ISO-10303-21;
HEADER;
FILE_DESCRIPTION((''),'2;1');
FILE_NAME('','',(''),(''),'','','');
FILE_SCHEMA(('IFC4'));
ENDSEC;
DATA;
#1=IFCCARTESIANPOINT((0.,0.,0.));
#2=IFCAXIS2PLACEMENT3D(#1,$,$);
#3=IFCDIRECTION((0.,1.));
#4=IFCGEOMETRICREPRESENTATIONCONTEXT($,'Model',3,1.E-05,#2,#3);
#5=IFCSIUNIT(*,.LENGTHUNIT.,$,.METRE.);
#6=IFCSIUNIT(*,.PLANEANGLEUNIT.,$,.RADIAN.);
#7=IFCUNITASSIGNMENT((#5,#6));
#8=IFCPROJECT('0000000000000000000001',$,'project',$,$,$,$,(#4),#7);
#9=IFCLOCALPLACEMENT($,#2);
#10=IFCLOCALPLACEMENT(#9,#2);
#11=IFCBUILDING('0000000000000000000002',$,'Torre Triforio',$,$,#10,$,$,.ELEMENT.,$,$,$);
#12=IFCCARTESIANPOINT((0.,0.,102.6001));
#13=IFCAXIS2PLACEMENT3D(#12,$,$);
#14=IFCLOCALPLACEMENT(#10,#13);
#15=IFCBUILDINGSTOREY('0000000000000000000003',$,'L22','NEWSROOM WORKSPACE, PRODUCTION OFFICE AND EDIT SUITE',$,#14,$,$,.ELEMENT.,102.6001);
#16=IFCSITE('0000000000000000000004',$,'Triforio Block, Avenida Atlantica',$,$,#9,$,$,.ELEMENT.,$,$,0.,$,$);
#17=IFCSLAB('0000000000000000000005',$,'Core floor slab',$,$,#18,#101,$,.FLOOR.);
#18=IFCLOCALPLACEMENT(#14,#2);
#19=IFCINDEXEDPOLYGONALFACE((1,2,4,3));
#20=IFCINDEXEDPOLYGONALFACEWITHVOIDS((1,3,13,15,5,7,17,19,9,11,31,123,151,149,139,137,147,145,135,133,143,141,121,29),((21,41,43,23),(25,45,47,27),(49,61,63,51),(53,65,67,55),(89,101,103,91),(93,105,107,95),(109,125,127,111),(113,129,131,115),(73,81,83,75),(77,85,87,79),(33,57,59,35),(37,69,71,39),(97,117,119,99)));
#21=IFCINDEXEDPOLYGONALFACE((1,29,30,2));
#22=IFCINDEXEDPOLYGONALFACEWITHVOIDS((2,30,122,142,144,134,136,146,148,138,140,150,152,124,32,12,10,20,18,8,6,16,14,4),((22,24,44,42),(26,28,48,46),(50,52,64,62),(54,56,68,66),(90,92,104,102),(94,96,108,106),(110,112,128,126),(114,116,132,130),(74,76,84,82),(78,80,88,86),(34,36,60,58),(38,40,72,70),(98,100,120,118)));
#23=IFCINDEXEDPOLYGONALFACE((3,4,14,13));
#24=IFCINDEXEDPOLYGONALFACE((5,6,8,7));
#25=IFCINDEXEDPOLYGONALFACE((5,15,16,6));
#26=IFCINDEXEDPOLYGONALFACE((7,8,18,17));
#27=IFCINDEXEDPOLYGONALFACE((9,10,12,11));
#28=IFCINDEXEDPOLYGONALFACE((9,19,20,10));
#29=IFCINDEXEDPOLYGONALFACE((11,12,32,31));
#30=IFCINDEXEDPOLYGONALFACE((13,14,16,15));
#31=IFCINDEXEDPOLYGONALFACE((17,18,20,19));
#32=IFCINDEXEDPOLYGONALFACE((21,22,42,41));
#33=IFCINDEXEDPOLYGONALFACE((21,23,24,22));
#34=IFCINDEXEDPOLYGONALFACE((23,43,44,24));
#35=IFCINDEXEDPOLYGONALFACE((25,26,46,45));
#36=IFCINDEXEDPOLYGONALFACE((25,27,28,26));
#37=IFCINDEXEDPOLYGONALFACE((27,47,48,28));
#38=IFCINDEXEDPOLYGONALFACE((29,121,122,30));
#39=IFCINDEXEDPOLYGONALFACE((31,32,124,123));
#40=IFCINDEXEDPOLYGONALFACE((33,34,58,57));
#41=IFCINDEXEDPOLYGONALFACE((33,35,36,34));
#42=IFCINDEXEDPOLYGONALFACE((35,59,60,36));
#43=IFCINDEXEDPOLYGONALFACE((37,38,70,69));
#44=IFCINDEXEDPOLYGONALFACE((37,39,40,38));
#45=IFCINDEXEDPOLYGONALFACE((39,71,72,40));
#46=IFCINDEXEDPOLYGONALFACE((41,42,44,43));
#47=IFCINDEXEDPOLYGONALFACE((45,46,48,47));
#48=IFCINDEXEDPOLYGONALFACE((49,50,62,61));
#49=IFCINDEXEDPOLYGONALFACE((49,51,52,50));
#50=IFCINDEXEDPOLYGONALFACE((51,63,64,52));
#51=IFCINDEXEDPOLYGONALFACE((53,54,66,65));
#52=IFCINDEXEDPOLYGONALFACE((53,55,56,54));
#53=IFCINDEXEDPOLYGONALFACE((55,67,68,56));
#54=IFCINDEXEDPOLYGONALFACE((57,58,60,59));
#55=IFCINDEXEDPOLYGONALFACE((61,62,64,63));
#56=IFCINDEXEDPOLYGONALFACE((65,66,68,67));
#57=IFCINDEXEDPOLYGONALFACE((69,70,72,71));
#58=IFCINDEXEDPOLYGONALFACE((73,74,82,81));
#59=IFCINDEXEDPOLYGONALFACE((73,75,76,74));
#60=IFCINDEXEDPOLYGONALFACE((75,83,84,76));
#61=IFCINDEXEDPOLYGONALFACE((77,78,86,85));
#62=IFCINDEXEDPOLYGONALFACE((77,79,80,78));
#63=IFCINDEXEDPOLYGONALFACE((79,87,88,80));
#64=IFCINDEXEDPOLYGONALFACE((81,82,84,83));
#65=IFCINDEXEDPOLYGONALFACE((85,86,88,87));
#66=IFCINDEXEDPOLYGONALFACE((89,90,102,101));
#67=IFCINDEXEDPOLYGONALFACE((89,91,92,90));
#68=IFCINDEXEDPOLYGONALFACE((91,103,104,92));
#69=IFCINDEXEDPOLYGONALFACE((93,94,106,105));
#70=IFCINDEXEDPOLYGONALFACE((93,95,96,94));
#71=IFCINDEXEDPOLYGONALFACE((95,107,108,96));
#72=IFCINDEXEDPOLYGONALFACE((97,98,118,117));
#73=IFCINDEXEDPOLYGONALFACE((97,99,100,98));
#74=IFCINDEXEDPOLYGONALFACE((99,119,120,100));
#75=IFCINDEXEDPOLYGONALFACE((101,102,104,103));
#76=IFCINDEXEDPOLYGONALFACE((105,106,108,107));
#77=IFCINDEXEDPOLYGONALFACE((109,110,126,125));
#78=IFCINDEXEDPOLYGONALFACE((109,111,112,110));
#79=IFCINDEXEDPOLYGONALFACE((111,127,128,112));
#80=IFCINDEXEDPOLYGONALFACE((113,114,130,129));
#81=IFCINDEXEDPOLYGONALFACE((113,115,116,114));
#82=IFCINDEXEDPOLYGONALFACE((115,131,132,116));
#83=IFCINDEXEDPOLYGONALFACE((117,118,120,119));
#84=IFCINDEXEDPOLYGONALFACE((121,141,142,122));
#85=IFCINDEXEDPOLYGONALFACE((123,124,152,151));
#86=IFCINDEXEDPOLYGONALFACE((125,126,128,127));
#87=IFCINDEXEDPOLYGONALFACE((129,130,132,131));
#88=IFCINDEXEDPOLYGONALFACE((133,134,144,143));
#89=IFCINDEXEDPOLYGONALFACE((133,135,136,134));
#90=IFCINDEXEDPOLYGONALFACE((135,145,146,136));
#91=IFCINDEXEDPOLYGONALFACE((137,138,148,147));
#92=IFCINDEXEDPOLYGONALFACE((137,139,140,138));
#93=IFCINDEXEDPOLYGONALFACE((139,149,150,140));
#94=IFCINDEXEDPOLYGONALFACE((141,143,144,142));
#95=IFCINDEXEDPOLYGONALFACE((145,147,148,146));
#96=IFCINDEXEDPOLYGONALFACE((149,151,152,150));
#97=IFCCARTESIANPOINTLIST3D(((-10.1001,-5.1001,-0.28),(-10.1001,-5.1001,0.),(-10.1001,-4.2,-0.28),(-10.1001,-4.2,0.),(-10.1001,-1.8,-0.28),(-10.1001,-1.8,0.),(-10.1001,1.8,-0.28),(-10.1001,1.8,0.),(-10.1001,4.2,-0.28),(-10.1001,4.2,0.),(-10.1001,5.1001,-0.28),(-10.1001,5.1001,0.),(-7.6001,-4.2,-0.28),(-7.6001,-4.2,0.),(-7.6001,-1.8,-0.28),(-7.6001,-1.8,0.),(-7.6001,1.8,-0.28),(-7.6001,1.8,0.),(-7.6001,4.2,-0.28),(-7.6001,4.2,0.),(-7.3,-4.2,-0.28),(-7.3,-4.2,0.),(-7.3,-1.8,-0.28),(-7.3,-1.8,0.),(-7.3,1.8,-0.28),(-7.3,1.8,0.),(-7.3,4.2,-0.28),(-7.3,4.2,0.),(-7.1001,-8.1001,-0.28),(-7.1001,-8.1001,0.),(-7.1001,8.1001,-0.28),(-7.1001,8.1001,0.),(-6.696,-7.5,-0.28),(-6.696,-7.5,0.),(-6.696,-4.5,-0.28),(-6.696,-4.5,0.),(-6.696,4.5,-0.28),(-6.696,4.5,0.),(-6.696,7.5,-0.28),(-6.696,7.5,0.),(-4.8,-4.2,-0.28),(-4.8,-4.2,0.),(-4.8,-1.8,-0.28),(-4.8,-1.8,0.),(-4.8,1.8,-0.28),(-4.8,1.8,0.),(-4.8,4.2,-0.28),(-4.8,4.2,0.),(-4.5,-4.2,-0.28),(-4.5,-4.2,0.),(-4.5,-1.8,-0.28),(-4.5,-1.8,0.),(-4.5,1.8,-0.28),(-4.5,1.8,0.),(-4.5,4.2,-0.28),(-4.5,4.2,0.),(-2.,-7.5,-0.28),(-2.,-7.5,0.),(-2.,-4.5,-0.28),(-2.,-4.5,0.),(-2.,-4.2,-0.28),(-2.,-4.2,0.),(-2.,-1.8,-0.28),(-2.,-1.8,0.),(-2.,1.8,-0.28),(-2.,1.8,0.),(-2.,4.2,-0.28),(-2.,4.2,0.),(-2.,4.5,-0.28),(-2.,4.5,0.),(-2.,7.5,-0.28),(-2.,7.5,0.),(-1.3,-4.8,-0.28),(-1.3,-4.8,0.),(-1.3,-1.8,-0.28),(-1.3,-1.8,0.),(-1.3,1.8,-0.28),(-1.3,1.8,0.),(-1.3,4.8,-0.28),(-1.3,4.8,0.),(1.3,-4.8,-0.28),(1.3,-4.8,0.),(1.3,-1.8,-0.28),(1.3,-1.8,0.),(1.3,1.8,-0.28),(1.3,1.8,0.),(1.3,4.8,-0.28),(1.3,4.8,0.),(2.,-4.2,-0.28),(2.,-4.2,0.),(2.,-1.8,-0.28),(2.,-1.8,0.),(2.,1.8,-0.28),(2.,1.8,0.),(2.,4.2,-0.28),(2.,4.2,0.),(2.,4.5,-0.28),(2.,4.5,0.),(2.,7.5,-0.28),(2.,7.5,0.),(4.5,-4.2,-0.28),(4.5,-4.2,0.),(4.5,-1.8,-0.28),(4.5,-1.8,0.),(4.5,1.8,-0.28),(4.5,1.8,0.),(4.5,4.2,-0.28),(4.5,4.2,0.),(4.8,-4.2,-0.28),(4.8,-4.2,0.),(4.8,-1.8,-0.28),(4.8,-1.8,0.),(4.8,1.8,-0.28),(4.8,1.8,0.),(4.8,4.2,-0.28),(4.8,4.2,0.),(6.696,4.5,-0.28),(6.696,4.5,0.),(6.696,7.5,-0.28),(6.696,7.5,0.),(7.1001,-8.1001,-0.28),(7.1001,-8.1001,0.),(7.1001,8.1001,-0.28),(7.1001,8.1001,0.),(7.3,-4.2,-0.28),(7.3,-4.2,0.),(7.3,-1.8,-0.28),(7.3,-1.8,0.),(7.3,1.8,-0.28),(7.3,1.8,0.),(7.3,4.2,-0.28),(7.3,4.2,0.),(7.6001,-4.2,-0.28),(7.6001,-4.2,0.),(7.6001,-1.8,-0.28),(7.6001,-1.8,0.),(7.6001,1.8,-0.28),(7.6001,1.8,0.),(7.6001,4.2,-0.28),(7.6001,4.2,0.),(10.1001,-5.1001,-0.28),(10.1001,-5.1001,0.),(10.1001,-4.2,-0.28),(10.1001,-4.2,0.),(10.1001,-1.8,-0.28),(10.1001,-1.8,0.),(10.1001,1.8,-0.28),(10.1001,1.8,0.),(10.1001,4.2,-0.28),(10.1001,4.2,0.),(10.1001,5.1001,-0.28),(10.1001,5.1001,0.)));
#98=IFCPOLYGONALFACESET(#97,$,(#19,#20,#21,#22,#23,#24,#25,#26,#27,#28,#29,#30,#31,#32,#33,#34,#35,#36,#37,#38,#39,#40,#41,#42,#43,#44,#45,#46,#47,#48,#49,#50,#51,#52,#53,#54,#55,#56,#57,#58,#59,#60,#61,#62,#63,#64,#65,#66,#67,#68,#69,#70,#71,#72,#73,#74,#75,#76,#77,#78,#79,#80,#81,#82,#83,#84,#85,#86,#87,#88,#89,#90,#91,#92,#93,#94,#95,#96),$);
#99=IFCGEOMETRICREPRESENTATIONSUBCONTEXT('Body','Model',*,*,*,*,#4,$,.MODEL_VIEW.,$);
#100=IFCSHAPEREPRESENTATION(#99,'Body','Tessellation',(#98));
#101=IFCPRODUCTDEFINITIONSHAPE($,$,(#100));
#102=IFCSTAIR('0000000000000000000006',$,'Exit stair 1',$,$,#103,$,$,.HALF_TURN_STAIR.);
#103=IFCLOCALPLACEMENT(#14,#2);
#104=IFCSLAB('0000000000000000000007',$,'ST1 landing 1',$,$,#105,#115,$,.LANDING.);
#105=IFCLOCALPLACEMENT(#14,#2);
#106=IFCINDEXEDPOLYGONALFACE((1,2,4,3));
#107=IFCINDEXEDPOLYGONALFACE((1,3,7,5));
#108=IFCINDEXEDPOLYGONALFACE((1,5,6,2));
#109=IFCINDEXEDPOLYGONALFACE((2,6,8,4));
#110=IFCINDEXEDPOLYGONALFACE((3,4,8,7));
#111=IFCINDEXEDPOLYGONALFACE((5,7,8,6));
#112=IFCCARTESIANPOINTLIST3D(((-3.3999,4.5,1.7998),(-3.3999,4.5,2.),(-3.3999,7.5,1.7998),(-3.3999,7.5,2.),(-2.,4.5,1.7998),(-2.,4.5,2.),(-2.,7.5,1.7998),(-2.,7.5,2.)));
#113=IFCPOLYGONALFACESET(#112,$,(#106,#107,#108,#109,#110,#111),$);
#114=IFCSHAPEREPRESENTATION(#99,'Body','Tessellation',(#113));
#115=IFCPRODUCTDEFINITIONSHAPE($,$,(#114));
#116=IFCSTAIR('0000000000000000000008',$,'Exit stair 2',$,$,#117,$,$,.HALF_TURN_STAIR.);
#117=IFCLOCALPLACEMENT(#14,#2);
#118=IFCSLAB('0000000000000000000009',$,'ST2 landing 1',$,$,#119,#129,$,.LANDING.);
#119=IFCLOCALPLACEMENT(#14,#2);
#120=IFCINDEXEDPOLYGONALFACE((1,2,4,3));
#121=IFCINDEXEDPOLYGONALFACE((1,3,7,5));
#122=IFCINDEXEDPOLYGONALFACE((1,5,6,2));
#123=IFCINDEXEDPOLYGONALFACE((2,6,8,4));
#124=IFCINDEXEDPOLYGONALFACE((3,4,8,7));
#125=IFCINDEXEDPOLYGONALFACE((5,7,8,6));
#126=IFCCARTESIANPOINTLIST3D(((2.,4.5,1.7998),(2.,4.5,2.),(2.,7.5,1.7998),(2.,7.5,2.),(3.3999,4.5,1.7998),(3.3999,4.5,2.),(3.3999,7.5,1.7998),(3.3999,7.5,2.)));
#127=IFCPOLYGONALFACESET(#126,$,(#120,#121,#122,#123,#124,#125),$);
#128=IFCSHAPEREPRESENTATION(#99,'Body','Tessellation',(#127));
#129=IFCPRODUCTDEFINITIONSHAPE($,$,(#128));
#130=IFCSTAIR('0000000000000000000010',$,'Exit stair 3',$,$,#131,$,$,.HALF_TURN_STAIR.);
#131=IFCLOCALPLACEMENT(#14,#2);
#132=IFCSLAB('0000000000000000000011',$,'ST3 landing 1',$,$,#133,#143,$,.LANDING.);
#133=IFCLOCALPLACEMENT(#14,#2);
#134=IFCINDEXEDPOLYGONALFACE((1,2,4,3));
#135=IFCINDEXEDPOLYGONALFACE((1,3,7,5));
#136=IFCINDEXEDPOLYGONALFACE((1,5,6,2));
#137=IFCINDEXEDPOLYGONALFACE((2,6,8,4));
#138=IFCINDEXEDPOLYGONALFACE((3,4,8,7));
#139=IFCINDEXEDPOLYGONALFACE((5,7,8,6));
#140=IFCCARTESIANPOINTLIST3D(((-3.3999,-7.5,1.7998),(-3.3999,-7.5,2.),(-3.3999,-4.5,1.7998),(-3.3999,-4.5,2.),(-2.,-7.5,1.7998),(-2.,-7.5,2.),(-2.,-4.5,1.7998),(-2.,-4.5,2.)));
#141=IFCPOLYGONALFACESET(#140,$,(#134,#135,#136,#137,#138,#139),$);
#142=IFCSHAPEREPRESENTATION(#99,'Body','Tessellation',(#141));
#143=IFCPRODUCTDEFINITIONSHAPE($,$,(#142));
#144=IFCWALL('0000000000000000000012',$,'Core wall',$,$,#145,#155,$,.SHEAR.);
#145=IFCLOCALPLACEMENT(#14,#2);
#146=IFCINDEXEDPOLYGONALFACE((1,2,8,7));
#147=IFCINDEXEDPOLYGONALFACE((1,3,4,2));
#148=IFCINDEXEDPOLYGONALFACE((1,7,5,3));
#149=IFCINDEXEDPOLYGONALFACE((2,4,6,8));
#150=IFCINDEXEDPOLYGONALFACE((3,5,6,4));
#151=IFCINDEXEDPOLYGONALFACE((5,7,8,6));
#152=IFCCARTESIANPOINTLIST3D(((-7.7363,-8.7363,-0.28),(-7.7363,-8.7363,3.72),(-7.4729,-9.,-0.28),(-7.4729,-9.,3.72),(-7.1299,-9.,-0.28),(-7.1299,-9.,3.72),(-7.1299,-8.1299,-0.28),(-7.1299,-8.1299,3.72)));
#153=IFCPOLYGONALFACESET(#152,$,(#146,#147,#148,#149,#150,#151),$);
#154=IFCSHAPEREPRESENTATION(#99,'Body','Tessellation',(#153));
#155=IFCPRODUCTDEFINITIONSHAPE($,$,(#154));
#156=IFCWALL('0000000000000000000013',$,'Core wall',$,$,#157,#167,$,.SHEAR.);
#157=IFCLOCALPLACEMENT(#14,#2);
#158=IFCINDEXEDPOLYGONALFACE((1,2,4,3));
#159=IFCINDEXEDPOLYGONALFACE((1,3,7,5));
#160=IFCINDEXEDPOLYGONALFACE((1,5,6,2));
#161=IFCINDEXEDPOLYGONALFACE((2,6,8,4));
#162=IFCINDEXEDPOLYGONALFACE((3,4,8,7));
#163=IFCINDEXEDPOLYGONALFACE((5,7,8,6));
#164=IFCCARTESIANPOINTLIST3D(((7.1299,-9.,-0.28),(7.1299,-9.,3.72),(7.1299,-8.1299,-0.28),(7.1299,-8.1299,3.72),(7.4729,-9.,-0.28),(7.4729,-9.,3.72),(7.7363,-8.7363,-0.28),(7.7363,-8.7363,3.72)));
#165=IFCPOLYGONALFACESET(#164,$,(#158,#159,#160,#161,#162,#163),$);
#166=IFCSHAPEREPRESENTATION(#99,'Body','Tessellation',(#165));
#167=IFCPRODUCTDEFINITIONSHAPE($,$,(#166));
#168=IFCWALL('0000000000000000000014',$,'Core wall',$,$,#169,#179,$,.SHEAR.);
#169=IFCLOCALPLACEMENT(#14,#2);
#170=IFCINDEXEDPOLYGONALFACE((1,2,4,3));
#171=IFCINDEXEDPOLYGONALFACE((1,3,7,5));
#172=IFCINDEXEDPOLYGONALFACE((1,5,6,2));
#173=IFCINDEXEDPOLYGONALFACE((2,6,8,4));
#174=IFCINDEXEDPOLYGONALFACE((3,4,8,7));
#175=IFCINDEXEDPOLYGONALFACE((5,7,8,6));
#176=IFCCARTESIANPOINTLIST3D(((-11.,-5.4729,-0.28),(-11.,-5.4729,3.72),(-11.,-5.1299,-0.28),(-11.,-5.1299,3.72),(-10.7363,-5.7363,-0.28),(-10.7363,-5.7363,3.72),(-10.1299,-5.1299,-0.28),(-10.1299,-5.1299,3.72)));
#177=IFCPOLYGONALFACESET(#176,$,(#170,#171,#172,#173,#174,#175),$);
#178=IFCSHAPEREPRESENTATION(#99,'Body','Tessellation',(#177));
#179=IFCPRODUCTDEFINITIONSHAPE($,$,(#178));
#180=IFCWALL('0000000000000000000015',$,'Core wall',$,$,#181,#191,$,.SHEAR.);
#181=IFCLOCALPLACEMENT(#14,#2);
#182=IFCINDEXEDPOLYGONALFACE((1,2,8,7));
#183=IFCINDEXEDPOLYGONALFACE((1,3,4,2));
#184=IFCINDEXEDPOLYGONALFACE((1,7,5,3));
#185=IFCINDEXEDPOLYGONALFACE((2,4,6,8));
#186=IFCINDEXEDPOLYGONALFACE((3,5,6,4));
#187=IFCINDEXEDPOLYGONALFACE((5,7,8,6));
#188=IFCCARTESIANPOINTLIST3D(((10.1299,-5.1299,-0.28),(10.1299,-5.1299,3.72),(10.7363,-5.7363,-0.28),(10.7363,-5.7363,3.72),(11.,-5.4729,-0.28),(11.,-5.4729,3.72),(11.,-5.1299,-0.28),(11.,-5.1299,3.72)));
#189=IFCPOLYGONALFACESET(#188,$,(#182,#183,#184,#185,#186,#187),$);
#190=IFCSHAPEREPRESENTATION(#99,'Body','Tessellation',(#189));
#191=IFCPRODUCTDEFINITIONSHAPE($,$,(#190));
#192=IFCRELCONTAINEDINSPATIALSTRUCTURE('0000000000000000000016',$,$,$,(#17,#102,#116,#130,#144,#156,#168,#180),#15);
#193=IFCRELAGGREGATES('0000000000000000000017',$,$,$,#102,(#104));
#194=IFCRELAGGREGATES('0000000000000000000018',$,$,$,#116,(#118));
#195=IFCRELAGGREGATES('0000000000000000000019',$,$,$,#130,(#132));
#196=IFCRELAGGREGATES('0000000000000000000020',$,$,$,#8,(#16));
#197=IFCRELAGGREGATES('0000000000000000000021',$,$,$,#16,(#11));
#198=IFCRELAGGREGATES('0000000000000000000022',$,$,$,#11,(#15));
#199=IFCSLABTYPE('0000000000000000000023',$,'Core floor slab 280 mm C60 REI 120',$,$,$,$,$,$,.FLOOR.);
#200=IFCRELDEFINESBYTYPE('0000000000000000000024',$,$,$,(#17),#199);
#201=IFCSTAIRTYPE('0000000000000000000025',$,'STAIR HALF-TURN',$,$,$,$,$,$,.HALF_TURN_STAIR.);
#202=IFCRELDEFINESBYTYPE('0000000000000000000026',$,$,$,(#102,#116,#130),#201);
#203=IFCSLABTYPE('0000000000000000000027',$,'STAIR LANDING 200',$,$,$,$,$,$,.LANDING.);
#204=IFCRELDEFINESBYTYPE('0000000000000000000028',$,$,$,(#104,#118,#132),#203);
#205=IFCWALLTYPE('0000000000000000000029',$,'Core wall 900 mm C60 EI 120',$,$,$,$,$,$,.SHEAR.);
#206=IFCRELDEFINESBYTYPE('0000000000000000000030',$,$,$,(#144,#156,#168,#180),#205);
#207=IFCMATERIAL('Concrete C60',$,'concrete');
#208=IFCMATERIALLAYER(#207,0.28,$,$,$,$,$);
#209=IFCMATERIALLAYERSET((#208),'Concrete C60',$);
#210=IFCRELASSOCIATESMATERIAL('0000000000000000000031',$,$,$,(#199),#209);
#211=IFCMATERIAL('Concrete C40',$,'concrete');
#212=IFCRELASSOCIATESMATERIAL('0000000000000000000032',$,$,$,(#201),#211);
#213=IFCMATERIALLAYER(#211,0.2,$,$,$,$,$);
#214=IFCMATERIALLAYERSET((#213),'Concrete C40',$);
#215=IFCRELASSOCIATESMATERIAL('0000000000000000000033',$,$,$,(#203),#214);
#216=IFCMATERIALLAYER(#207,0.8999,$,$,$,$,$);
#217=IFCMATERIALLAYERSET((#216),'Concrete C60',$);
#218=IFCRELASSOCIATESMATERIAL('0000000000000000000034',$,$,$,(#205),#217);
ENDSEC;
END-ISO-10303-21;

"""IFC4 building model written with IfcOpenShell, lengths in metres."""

from ifc_helpers import new_model, si_unit, direction, frame, origin, place, context, subcontext, project, spatial, polyline, outline, extrude, material, layer, layer_set, type_object, element, aggregate, save


model = new_model("IFC4")

# Units and contexts
model_context = context("Model", 3, precision=1e-05, world=origin(), true_north=direction((0.0, 1.0)))
body_context = subcontext(model_context, "Body", "Model", "MODEL_VIEW")
ifc_project = project(units=[si_unit("LENGTHUNIT", "METRE"), si_unit("PLANEANGLEUNIT", "RADIAN")], contexts=[model_context])

# Site, building, storey
site_placement = place(None, origin())
site = spatial("IfcSite", under=ifc_project, at=site_placement, Name="Triforio Block, Avenida Atlantica", CompositionType="ELEMENT", RefElevation=0.0)
building_placement = place(site_placement, origin())
building = spatial("IfcBuilding", under=site, at=building_placement, Name="Torre Triforio", CompositionType="ELEMENT")
storey_placement = place(building_placement, frame((0.0, 0.0, 102.6001)))
storey = spatial("IfcBuildingStorey", under=building, at=storey_placement, Name="L22", Description="NEWSROOM WORKSPACE, PRODUCTION OFFICE AND EDIT SUITE", CompositionType="ELEMENT", Elevation=102.6001)

# Slab
ifc_material_1 = material(Name="Concrete C60", Category="concrete")
ifc_layer_1 = layer(ifc_material_1, 0.28)
ifc_layer_set_1 = layer_set([ifc_layer_1], Name="Concrete C60")
slab_type_1 = type_object("IfcSlabType", Name="Core floor slab 280 mm C60 REI 120", PredefinedType="FLOOR", material=ifc_layer_set_1)
slab_1_placement = place(storey_placement, frame((0.0, 0.0, -0.28)))
element("IfcSlab", 1, at=slab_1_placement, inside=storey, type_object=slab_type_1, Name="Core floor slab", PredefinedType="FLOOR", context=body_context, shape_type="SweptSolid", body=[
    extrude(outline(polyline([(10.1001, -5.1001), (7.1001, -8.1001), (-7.1001, -8.1001), (-10.1001, -5.1001), (-10.1001, -4.2), (-7.6001, -4.2), (-7.6001, -1.8), (-10.1001, -1.8), (-10.1001, 1.8), (-7.6001, 1.8), (-7.6001, 4.2), (-10.1001, 4.2), (-10.1001, 5.1001), (-7.1001, 8.1001), (7.1001, 8.1001), (10.1001, 5.1001), (10.1001, 4.2), (7.6001, 4.2), (7.6001, 1.8), (10.1001, 1.8), (10.1001, -1.8), (7.6001, -1.8), (7.6001, -4.2), (10.1001, -4.2), (10.1001, -5.1001)]), holes=[polyline([(-2.0, -4.5), (-6.696, -4.5), (-6.696, -7.5), (-2.0, -7.5), (-2.0, -4.5)]), polyline([(-4.8, -1.8), (-7.3, -1.8), (-7.3, -4.2), (-4.8, -4.2), (-4.8, -1.8)]), polyline([(-2.0, -1.8), (-4.5, -1.8), (-4.5, -4.2), (-2.0, -4.2), (-2.0, -1.8)]), polyline([(-4.8, 4.2), (-7.3, 4.2), (-7.3, 1.8), (-4.8, 1.8), (-4.8, 4.2)]), polyline([(-2.0, 4.2), (-4.5, 4.2), (-4.5, 1.8), (-2.0, 1.8), (-2.0, 4.2)]), polyline([(1.3, 4.8), (-1.3, 4.8), (-1.3, 1.8), (1.3, 1.8), (1.3, 4.8)]), polyline([(-2.0, 7.5), (-6.696, 7.5), (-6.696, 4.5), (-2.0, 4.5), (-2.0, 7.5)]), polyline([(1.3, -1.8), (-1.3, -1.8), (-1.3, -4.8), (1.3, -4.8), (1.3, -1.8)]), polyline([(4.5, -1.8), (2.0, -1.8), (2.0, -4.2), (4.5, -4.2), (4.5, -1.8)]), polyline([(7.3, -1.8), (4.8, -1.8), (4.8, -4.2), (7.3, -4.2), (7.3, -1.8)]), polyline([(4.5, 4.2), (2.0, 4.2), (2.0, 1.8), (4.5, 1.8), (4.5, 4.2)]), polyline([(7.3, 4.2), (4.8, 4.2), (4.8, 1.8), (7.3, 1.8), (7.3, 4.2)]), polyline([(6.696, 4.5), (6.696, 7.5), (2.0, 7.5), (2.0, 4.5), (6.696, 4.5)])]), origin(), (0.0, 0.0, 1.0), 0.28),
])

# Stairs, slabs
ifc_material_2 = material(Name="Concrete C40", Category="concrete")
stair_type = type_object("IfcStairType", Name="STAIR HALF-TURN", PredefinedType="HALF_TURN_STAIR", material=ifc_material_2)
stair_1_placement = place(storey_placement, origin())
stair_1 = element("IfcStair", 2, at=stair_1_placement, inside=storey, type_object=stair_type, Name="Exit stair 1", PredefinedType="HALF_TURN_STAIR")
ifc_layer_2 = layer(ifc_material_2, 0.2)
ifc_layer_set_2 = layer_set([ifc_layer_2], Name="Concrete C40")
slab_type_2 = type_object("IfcSlabType", Name="STAIR LANDING 200", PredefinedType="LANDING", material=ifc_layer_set_2)
slab_2_placement = place(storey_placement, frame((0.0, 0.0, 1.7998)))
slab_2 = element("IfcSlab", 3, at=slab_2_placement, type_object=slab_type_2, Name="ST1 landing 1", PredefinedType="LANDING", context=body_context, shape_type="SweptSolid", body=[
    extrude(outline(polyline([(-2.0, 4.5), (-2.0, 7.5), (-3.3999, 7.5), (-3.3999, 4.5), (-2.0, 4.5)])), origin(), (0.0, 0.0, 1.0), 0.2002),
])
aggregate(stair_1, [slab_2])
stair_2_placement = place(storey_placement, origin())
stair_2 = element("IfcStair", 4, at=stair_2_placement, inside=storey, type_object=stair_type, Name="Exit stair 2", PredefinedType="HALF_TURN_STAIR")
slab_3_placement = place(storey_placement, frame((0.0, 0.0, 1.7998)))
slab_3 = element("IfcSlab", 5, at=slab_3_placement, type_object=slab_type_2, Name="ST2 landing 1", PredefinedType="LANDING", context=body_context, shape_type="SweptSolid", body=[
    extrude(outline(polyline([(3.3999, 4.5), (3.3999, 7.5), (2.0, 7.5), (2.0, 4.5), (3.3999, 4.5)])), origin(), (0.0, 0.0, 1.0), 0.2002),
])
aggregate(stair_2, [slab_3])
stair_3_placement = place(storey_placement, origin())
stair_3 = element("IfcStair", 6, at=stair_3_placement, inside=storey, type_object=stair_type, Name="Exit stair 3", PredefinedType="HALF_TURN_STAIR")
slab_4_placement = place(storey_placement, frame((0.0, 0.0, 1.7998)))
slab_4 = element("IfcSlab", 7, at=slab_4_placement, type_object=slab_type_2, Name="ST3 landing 1", PredefinedType="LANDING", context=body_context, shape_type="SweptSolid", body=[
    extrude(outline(polyline([(-2.0, -7.5), (-2.0, -4.5), (-3.3999, -4.5), (-3.3999, -7.5), (-2.0, -7.5)])), origin(), (0.0, 0.0, 1.0), 0.2002),
])
aggregate(stair_3, [slab_4])

# Walls
ifc_layer_3 = layer(ifc_material_1, 0.8999)
ifc_layer_set_3 = layer_set([ifc_layer_3], Name="Concrete C60")
wall_type_1 = type_object("IfcWallType", Name="Core wall 900 mm C60 EI 120", PredefinedType="SHEAR", material=ifc_layer_set_3)
wall_1_placement = place(storey_placement, frame((0.0, 0.0, -0.28)))
element("IfcWall", 8, at=wall_1_placement, inside=storey, type_object=wall_type_1, Name="Core wall", PredefinedType="SHEAR", context=body_context, shape_type="SweptSolid", body=[
    extrude(outline(polyline([(-7.4729, -9.0), (-7.7363, -8.7363), (-7.1299, -8.1299), (-7.1299, -9.0), (-7.4729, -9.0)])), origin(), (0.0, 0.0, 1.0), 4.0),
])
wall_2_placement = place(storey_placement, frame((0.0, 0.0, -0.28)))
element("IfcWall", 9, at=wall_2_placement, inside=storey, type_object=wall_type_1, Name="Core wall", PredefinedType="SHEAR", context=body_context, shape_type="SweptSolid", body=[
    extrude(outline(polyline([(7.4729, -9.0), (7.1299, -9.0), (7.1299, -8.1299), (7.7363, -8.7363), (7.4729, -9.0)])), origin(), (0.0, 0.0, 1.0), 4.0),
])
wall_3_placement = place(storey_placement, frame((0.0, 0.0, -0.28)))
element("IfcWall", 10, at=wall_3_placement, inside=storey, type_object=wall_type_1, Name="Core wall", PredefinedType="SHEAR", context=body_context, shape_type="SweptSolid", body=[
    extrude(outline(polyline([(-11.0, -5.4729), (-11.0, -5.1299), (-10.1299, -5.1299), (-10.7363, -5.7363), (-11.0, -5.4729)])), origin(), (0.0, 0.0, 1.0), 4.0),
])
wall_4_placement = place(storey_placement, frame((0.0, 0.0, -0.28)))
element("IfcWall", 11, at=wall_4_placement, inside=storey, type_object=wall_type_1, Name="Core wall", PredefinedType="SHEAR", context=body_context, shape_type="SweptSolid", body=[
    extrude(outline(polyline([(11.0, -5.4729), (10.7363, -5.7363), (10.1299, -5.1299), (11.0, -5.1299), (11.0, -5.4729)])), origin(), (0.0, 0.0, 1.0), 4.0),
])

save(model, "model.ifc")
